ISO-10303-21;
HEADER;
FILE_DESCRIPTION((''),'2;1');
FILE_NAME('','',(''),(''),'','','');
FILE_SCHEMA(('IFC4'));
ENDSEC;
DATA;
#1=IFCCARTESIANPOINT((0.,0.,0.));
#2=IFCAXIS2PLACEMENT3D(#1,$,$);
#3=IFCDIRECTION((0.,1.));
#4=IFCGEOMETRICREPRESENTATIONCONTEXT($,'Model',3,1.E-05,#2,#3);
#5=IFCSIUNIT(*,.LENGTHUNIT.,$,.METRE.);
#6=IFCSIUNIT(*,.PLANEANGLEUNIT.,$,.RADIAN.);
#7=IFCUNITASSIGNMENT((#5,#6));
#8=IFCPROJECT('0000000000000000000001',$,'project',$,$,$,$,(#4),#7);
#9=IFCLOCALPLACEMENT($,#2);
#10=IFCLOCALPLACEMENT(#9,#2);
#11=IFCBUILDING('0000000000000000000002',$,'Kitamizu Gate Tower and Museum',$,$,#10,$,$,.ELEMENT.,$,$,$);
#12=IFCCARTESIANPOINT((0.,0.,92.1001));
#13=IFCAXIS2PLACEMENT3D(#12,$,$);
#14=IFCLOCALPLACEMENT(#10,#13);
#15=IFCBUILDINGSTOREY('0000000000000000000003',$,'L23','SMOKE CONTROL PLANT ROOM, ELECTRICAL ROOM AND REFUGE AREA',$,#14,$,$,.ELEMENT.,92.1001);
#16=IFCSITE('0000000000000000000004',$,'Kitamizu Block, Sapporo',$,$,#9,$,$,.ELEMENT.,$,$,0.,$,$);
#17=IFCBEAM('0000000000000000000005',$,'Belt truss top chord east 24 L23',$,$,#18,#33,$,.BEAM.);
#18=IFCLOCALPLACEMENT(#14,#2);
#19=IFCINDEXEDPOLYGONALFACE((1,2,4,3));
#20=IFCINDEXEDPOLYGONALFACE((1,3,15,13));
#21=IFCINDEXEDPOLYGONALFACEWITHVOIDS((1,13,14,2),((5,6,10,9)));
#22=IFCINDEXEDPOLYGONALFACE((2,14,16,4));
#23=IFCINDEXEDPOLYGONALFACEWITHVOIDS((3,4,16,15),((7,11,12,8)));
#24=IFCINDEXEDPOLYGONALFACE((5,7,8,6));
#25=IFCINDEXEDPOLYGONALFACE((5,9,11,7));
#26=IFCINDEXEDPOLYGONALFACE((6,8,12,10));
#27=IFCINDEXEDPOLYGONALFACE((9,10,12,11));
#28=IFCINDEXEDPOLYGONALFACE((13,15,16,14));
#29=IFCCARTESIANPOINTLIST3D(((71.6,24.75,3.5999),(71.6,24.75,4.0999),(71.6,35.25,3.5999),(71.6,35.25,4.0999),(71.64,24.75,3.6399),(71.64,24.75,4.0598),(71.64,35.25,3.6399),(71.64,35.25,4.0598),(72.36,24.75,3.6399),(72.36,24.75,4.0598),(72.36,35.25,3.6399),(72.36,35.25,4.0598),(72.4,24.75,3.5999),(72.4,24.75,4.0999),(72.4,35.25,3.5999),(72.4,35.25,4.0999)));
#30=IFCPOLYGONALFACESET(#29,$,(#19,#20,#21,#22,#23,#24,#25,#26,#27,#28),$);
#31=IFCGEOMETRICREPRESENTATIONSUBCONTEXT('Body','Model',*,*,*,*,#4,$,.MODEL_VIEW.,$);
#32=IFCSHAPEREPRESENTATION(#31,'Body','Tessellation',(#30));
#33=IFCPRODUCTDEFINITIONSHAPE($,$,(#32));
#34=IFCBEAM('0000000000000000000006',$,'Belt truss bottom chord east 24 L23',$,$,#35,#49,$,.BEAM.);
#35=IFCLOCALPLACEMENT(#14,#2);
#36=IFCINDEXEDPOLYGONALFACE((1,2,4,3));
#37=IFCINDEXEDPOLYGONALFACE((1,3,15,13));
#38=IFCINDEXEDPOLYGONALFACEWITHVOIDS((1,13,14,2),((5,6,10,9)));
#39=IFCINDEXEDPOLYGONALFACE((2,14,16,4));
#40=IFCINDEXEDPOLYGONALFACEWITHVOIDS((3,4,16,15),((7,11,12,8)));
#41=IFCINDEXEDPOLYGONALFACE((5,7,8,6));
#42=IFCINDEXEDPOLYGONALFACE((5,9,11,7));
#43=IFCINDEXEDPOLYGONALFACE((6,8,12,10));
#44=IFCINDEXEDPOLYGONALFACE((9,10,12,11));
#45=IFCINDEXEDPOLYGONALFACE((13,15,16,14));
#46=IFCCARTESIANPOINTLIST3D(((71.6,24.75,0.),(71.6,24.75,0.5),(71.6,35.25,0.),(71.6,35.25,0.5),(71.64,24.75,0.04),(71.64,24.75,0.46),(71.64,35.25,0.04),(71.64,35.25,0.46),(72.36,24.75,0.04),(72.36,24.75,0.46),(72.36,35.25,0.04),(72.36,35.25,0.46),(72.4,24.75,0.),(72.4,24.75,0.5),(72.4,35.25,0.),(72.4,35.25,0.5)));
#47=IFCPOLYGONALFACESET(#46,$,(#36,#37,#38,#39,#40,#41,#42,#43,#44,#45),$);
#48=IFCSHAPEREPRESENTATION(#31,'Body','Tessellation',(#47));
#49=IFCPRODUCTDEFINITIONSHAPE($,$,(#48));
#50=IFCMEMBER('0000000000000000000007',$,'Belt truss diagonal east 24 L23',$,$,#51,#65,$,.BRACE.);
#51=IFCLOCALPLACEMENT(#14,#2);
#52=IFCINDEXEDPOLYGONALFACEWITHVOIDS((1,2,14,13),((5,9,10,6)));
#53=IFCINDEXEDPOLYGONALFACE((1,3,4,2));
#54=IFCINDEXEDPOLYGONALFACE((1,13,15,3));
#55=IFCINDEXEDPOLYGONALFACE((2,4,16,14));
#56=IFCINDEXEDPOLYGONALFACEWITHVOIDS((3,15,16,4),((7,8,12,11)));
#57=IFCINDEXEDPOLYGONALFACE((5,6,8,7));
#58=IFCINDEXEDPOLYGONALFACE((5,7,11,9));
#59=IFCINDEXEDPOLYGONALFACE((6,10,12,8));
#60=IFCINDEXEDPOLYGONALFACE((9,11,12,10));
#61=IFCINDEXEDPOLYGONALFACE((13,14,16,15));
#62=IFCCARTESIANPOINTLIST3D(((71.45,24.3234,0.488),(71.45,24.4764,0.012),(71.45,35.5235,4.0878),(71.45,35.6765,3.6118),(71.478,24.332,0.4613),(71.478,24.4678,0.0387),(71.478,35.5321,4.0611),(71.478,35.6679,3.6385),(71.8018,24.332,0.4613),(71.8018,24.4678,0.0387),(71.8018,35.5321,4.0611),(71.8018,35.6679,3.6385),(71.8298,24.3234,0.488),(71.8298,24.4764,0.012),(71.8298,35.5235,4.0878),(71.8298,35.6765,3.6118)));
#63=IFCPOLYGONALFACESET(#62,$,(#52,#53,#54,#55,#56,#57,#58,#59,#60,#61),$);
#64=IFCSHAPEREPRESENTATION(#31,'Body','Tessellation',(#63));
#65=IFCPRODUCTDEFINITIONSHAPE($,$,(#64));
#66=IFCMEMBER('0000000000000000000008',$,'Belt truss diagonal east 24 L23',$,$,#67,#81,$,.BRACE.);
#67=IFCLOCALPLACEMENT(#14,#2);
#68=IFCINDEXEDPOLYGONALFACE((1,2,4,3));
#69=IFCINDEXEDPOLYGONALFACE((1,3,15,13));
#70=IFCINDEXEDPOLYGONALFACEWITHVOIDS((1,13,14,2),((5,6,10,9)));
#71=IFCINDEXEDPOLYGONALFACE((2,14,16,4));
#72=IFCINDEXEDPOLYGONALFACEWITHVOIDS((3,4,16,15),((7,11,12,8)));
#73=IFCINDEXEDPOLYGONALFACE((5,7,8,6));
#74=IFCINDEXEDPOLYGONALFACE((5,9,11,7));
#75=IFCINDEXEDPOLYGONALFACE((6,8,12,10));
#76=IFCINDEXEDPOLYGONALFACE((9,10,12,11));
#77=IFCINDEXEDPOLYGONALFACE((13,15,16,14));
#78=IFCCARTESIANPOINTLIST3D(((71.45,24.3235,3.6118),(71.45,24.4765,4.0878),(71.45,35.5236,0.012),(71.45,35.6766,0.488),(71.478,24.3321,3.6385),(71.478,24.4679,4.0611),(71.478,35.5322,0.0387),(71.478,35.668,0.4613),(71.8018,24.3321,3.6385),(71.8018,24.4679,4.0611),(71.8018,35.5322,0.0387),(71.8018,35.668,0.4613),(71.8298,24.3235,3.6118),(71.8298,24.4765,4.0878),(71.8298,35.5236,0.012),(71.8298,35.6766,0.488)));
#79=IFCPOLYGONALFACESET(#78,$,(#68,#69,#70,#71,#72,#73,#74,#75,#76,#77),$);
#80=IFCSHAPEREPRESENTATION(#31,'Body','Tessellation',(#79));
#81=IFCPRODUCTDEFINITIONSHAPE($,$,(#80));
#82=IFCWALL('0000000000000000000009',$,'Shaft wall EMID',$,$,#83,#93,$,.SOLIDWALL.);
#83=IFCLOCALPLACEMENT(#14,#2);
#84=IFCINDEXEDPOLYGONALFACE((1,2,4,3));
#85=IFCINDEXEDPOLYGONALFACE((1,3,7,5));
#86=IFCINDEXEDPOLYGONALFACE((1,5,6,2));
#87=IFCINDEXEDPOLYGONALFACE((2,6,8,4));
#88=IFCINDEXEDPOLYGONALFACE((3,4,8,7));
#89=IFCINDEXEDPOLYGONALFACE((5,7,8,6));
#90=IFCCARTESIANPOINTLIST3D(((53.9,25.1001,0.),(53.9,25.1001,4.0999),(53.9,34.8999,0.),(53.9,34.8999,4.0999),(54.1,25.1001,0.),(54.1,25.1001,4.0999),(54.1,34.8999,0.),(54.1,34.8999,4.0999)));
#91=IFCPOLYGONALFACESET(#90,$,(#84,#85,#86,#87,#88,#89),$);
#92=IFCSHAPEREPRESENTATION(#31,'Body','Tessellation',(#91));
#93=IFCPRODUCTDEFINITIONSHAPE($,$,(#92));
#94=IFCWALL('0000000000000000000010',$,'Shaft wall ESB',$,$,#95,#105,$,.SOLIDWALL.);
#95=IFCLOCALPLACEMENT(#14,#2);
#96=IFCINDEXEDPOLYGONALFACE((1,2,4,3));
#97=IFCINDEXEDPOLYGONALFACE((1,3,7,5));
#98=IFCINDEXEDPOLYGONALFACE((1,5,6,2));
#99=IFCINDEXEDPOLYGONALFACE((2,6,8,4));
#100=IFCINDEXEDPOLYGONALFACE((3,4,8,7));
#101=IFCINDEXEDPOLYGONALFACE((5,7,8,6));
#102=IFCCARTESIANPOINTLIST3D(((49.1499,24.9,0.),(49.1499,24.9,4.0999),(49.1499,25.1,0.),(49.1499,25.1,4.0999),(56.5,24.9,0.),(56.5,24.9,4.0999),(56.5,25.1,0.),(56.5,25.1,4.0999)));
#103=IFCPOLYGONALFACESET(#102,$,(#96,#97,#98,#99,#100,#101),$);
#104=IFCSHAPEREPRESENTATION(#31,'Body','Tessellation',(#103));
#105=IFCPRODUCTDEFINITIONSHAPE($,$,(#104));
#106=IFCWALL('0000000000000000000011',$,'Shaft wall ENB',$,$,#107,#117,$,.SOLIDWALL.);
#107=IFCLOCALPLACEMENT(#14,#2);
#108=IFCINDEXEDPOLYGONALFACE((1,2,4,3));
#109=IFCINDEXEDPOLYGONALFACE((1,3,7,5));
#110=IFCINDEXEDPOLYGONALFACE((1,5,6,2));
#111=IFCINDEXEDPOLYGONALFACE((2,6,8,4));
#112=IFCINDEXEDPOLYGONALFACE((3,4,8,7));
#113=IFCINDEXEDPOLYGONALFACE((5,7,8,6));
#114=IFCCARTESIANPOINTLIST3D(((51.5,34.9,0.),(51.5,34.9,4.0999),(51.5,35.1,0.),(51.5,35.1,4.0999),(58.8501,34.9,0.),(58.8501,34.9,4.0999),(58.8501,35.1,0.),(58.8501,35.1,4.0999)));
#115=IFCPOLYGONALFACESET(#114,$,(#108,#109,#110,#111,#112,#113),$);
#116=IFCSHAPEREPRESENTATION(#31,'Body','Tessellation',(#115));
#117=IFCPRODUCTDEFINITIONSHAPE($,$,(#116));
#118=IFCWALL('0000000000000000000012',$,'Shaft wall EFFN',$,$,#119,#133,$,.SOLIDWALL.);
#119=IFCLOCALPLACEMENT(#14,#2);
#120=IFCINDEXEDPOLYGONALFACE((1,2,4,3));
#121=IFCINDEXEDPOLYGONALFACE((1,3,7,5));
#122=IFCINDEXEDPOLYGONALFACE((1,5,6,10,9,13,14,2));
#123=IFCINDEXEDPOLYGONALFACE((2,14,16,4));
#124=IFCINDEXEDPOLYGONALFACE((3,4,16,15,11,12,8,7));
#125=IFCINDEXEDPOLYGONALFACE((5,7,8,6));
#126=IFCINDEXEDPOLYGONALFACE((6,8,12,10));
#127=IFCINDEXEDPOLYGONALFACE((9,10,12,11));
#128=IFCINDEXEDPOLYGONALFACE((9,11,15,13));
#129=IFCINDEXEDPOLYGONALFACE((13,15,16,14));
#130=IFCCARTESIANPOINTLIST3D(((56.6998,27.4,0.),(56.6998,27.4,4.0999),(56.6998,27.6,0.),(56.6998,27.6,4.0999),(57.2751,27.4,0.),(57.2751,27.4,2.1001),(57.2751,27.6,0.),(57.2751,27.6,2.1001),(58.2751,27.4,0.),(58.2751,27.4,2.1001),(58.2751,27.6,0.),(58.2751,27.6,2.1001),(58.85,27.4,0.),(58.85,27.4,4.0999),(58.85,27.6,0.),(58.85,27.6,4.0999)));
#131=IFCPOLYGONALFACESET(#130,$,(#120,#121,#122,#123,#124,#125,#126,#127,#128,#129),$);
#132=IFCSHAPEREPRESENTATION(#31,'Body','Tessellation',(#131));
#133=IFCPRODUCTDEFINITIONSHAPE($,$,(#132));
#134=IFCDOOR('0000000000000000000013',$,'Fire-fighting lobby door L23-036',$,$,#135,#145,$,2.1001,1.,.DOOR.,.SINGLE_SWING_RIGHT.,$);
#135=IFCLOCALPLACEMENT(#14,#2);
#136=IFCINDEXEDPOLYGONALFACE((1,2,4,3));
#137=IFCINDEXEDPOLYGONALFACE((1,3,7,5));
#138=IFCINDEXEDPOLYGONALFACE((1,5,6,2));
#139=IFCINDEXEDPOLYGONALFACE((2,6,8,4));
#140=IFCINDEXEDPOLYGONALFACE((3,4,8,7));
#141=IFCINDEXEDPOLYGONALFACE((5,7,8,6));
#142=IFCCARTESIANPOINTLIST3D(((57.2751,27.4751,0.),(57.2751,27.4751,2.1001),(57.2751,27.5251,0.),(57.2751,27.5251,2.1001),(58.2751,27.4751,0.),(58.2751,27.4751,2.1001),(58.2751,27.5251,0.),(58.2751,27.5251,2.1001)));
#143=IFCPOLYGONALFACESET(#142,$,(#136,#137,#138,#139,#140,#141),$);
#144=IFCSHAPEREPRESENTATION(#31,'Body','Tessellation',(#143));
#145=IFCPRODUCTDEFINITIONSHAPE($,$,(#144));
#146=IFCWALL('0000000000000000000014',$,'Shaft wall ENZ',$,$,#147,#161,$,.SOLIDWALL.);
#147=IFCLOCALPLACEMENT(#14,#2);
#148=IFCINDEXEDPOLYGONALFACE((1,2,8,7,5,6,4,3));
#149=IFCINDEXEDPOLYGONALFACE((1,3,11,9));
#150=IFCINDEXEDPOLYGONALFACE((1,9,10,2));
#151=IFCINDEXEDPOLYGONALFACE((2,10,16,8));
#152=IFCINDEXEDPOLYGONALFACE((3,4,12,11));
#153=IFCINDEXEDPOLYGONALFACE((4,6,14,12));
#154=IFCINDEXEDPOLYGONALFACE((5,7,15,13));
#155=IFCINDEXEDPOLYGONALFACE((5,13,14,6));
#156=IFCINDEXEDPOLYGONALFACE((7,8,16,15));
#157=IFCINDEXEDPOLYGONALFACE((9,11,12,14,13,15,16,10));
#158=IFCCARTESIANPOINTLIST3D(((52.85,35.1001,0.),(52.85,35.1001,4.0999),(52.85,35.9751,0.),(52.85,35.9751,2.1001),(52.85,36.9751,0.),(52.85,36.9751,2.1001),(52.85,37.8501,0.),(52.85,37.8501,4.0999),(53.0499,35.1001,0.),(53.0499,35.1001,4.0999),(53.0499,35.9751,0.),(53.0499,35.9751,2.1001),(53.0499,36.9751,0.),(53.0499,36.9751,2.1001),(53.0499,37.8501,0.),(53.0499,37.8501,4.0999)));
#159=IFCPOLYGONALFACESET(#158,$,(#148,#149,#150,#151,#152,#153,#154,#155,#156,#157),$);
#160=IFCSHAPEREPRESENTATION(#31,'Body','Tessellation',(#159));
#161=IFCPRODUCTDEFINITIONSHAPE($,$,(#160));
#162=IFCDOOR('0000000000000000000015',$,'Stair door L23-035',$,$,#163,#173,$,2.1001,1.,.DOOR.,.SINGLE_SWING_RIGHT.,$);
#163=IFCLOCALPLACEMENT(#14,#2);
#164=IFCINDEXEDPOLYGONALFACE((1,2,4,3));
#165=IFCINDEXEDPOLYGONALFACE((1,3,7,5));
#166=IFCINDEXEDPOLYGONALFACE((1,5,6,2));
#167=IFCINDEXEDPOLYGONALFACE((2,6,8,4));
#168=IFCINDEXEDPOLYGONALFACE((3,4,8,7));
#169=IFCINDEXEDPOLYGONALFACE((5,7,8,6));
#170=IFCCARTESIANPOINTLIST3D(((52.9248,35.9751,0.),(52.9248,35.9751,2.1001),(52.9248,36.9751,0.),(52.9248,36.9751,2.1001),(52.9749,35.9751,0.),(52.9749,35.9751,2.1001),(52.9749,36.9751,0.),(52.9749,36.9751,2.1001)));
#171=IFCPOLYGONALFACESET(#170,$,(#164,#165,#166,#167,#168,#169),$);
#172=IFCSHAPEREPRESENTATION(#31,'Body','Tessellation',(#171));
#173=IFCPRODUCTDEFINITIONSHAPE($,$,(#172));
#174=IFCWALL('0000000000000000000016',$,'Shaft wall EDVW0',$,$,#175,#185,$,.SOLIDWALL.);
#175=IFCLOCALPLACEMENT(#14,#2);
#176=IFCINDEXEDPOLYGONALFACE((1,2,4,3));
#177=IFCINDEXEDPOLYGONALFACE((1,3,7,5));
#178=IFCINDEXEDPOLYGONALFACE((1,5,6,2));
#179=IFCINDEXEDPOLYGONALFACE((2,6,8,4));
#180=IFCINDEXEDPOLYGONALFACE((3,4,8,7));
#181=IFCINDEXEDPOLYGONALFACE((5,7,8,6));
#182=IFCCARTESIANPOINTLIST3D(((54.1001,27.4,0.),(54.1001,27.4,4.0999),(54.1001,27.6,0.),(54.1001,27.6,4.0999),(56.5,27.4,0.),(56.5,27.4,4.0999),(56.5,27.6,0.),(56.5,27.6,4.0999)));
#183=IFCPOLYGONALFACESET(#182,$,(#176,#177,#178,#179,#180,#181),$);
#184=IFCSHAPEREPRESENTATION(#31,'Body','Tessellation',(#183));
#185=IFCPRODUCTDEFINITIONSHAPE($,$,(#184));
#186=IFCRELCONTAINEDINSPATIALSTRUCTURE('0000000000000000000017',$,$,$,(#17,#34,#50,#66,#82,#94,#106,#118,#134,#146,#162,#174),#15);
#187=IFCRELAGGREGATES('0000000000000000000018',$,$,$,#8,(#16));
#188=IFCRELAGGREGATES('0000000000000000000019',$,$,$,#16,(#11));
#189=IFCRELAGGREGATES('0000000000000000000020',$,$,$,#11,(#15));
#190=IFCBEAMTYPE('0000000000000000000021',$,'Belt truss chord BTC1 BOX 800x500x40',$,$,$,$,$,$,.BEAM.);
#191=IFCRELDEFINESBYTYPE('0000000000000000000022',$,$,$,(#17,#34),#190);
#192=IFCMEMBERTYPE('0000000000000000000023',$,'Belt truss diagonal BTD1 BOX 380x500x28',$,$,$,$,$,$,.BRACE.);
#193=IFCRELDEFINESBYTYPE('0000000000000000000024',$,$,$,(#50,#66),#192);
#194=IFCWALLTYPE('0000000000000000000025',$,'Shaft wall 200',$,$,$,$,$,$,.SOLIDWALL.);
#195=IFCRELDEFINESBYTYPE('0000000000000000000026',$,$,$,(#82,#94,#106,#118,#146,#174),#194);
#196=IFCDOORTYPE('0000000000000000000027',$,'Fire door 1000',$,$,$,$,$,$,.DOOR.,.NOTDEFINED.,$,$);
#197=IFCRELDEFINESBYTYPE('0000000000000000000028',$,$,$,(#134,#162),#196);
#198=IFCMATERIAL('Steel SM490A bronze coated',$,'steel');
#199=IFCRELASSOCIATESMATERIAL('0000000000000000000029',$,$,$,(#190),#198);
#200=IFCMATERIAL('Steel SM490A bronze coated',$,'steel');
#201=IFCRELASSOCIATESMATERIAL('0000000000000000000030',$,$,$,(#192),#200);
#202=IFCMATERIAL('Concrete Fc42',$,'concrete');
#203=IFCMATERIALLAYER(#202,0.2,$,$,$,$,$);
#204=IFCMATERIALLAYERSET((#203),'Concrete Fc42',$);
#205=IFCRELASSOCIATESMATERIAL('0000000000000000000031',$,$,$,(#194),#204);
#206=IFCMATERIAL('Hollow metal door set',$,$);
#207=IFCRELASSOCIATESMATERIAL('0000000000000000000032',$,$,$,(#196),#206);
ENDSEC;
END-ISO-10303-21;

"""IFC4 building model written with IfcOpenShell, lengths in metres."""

from ifc_helpers import new_model, si_unit, direction, frame, frame_2d, origin, origin_2d, place, context, subcontext, project, spatial, rectangle, hollow_rectangle, extrude, material, layer, layer_set, material_profile, profile_set, type_object, element, fill, save


model = new_model("IFC4")

# Units and contexts
model_context = context("Model", 3, precision=1e-05, world=origin(), true_north=direction((0.0, 1.0)))
body_context = subcontext(model_context, "Body", "Model", "MODEL_VIEW")
ifc_project = project(units=[si_unit("LENGTHUNIT", "METRE"), si_unit("PLANEANGLEUNIT", "RADIAN")], contexts=[model_context])

# Site, building, storey
site_placement = place(None, origin())
site = spatial("IfcSite", under=ifc_project, at=site_placement, Name="Kitamizu Block, Sapporo", CompositionType="ELEMENT", RefElevation=0.0)
building_placement = place(site_placement, origin())
building = spatial("IfcBuilding", under=site, at=building_placement, Name="Kitamizu Gate Tower and Museum", CompositionType="ELEMENT")
storey_placement = place(building_placement, frame((0.0, 0.0, 92.1001)))
storey = spatial("IfcBuildingStorey", under=building, at=storey_placement, Name="L23", Description="SMOKE CONTROL PLANT ROOM, ELECTRICAL ROOM AND REFUGE AREA", CompositionType="ELEMENT", Elevation=92.1001)

# Beams
ifc_material_1 = material(Name="Steel SM490A bronze coated", Category="steel")
ifc_material_profile_1 = material_profile(ifc_material_1, hollow_rectangle(XDim=0.8, YDim=0.5, WallThickness=0.04, at=origin_2d()), Name="BOX 800x500x40")
ifc_profile_set_1 = profile_set([ifc_material_profile_1], Name="Steel SM490A bronze coated")
beam_type = type_object("IfcBeamType", Name="Belt truss chord BTC1 BOX 800x500x40", PredefinedType="BEAM", material=ifc_profile_set_1)
for number, where, z_axis, x_axis, name in (
    (1, (72.0, 24.75, 3.8499), (0.0, 1.0, 0.0), (-1.0, 0.0, 0.0), "Belt truss top chord east 24 L23"),
    (2, (72.0, 24.75, 0.25), (0.0, 1.0, 0.0), (-1.0, 0.0, 0.0), "Belt truss bottom chord east 24 L23"),
):
    element("IfcBeam", number, at=place(storey_placement, frame(where, z_axis=z_axis, x_axis=x_axis)), inside=storey, type_object=beam_type, Name=name, PredefinedType="BEAM", context=body_context, shape_type="SweptSolid", body=[
        extrude(hollow_rectangle(XDim=0.8, YDim=0.5, WallThickness=0.04, at=origin_2d()), origin(), (0.0, 0.0, 1.0), 10.5),
    ])

# Members
ifc_material_2 = material(Name="Steel SM490A bronze coated", Category="steel")
ifc_material_profile_2 = material_profile(ifc_material_2, hollow_rectangle(XDim=0.3799, YDim=0.5, WallThickness=0.0281, at=origin_2d()), Name="BOX 380x500x28")
ifc_profile_set_2 = profile_set([ifc_material_profile_2], Name="Steel SM490A bronze coated")
member_type = type_object("IfcMemberType", Name="Belt truss diagonal BTD1 BOX 380x500x28", PredefinedType="BRACE", material=ifc_profile_set_2)
for number, where, z_axis, x_axis, name in (
    (3, (71.6399, 24.3999, 0.25), (0.0, 0.952034, 0.305993), (-1.0, 0.0, 0.0), "Belt truss diagonal east 24 L23"),
    (4, (71.6399, 35.6001, 0.25), (0.0, -0.952034, 0.305993), (1.0, 0.0, 0.0), "Belt truss diagonal east 24 L23"),
):
    element("IfcMember", number, at=place(storey_placement, frame(where, z_axis=z_axis, x_axis=x_axis)), inside=storey, type_object=member_type, Name=name, PredefinedType="BRACE", context=body_context, shape_type="SweptSolid", body=[
        extrude(hollow_rectangle(XDim=0.3799, YDim=0.5, WallThickness=0.0281, at=origin_2d()), origin(), (0.0, 0.0, 1.0), 11.7644),
    ])

# Walls
ifc_material_3 = material(Name="Concrete Fc42", Category="concrete")
ifc_layer = layer(ifc_material_3, 0.2)
ifc_layer_set = layer_set([ifc_layer], Name="Concrete Fc42")
wall_type = type_object("IfcWallType", Name="Shaft wall 200", PredefinedType="SOLIDWALL", material=ifc_layer_set)
wall_1_placement = place(storey_placement, frame((54.0, 25.1001, 0.0), z_axis=(0.0, 0.0, 1.0), x_axis=(0.0, 1.0, 0.0)))
element("IfcWall", 5, at=wall_1_placement, inside=storey, type_object=wall_type, Name="Shaft wall EMID", PredefinedType="SOLIDWALL", context=body_context, shape_type="SweptSolid", body=[
    extrude(rectangle(XDim=9.7998, YDim=0.2, at=frame_2d((4.8999, 0.0))), origin(), (0.0, 0.0, 1.0), 4.0999),
])
for number, where, z_axis, x_axis, name in (
    (6, (56.5, 25.0, 0.0), (0.0, 0.0, 1.0), (-1.0, 0.0, 0.0), "Shaft wall ESB"),
    (7, (58.8501, 35.0, 0.0), (0.0, 0.0, 1.0), (-1.0, 0.0, 0.0), "Shaft wall ENB"),
):
    element("IfcWall", number, at=place(storey_placement, frame(where, z_axis=z_axis, x_axis=x_axis)), inside=storey, type_object=wall_type, Name=name, PredefinedType="SOLIDWALL", context=body_context, shape_type="SweptSolid", body=[
        extrude(rectangle(XDim=7.3501, YDim=0.2, at=frame_2d((3.675, 0.0))), origin(), (0.0, 0.0, 1.0), 4.0999),
    ])

# Walls, openings, doors
wall_2_placement = place(storey_placement, frame((58.8501, 27.5, 0.0), z_axis=(0.0, 0.0, 1.0), x_axis=(-1.0, 0.0, 0.0)))
wall_2 = element("IfcWall", 8, at=wall_2_placement, inside=storey, type_object=wall_type, Name="Shaft wall EFFN", PredefinedType="SOLIDWALL", context=body_context, shape_type="SweptSolid", body=[
    extrude(rectangle(XDim=2.1501, YDim=0.2, at=frame_2d((1.0752, 0.0))), origin(), (0.0, 0.0, 1.0), 4.0999),
])
opening_1_placement = place(wall_2_placement, frame((0.575, 0.0, 0.0)))
opening_1 = element("IfcOpeningElement", 9, at=opening_1_placement, cuts=wall_2, PredefinedType="OPENING", context=body_context, shape_type="SweptSolid", body=[
    extrude(rectangle(XDim=1.0, YDim=2.1001, at=frame_2d((0.5, 1.05))), frame((0.0, 0.1099, 0.0), z_axis=(0.0, -1.0, 0.0), x_axis=(1.0, 0.0, 0.0)), (0.0, 0.0, 1.0), 0.22),
])
ifc_material_4 = material(Name="Hollow metal door set")
door_type = type_object("IfcDoorType", Name="Fire door 1000", OperationType="NOTDEFINED", PredefinedType="DOOR", material=ifc_material_4)
door_1_placement = place(opening_1_placement, origin())
door_1 = element("IfcDoor", 10, at=door_1_placement, inside=storey, type_object=door_type, Name="Fire-fighting lobby door L23-036", OperationType="SINGLE_SWING_RIGHT", OverallHeight=2.1001, OverallWidth=1.0, PredefinedType="DOOR", context=body_context, shape_type="SweptSolid", body=[
    extrude(rectangle(XDim=1.0, YDim=2.1001, at=frame_2d((0.5, 1.05))), frame((0.0, 0.0249, 0.0), z_axis=(0.0, -1.0, 0.0), x_axis=(1.0, 0.0, 0.0)), (0.0, 0.0, 1.0), 0.05),
])
fill(opening_1, door_1)
wall_3_placement = place(storey_placement, frame((52.95, 35.1001, 0.0), z_axis=(0.0, 0.0, 1.0), x_axis=(0.0, 1.0, 0.0)))
wall_3 = element("IfcWall", 11, at=wall_3_placement, inside=storey, type_object=wall_type, Name="Shaft wall ENZ", PredefinedType="SOLIDWALL", context=body_context, shape_type="SweptSolid", body=[
    extrude(rectangle(XDim=2.75, YDim=0.2, at=frame_2d((1.375, 0.0))), origin(), (0.0, 0.0, 1.0), 4.0999),
])
opening_2_placement = place(wall_3_placement, frame((0.875, 0.0, 0.0)))
opening_2 = element("IfcOpeningElement", 12, at=opening_2_placement, cuts=wall_3, PredefinedType="OPENING", context=body_context, shape_type="SweptSolid", body=[
    extrude(rectangle(XDim=1.0, YDim=2.1001, at=frame_2d((0.5, 1.05))), frame((0.0, 0.1099, 0.0), z_axis=(0.0, -1.0, 0.0), x_axis=(1.0, 0.0, 0.0)), (0.0, 0.0, 1.0), 0.22),
])
door_2_placement = place(opening_2_placement, frame((1.0, 0.0, 0.0), x_axis=(-1.0, 0.0, 0.0)))
door_2 = element("IfcDoor", 13, at=door_2_placement, inside=storey, type_object=door_type, Name="Stair door L23-035", OperationType="SINGLE_SWING_RIGHT", OverallHeight=2.1001, OverallWidth=1.0, PredefinedType="DOOR", context=body_context, shape_type="SweptSolid", body=[
    extrude(rectangle(XDim=1.0, YDim=2.1001, at=frame_2d((0.5, 1.05))), frame((0.0, 0.0249, 0.0), z_axis=(0.0, -1.0, 0.0), x_axis=(1.0, 0.0, 0.0)), (0.0, 0.0, 1.0), 0.05),
])
fill(opening_2, door_2)

# Wall
for number, where, z_axis, x_axis, name in (
    (14, (56.5, 27.5, 0.0), (0.0, 0.0, 1.0), (-1.0, 0.0, 0.0), "Shaft wall EDVW0"),
):
    element("IfcWall", number, at=place(storey_placement, frame(where, z_axis=z_axis, x_axis=x_axis)), inside=storey, type_object=wall_type, Name=name, PredefinedType="SOLIDWALL", context=body_context, shape_type="SweptSolid", body=[
        extrude(rectangle(XDim=2.3999, YDim=0.2, at=frame_2d((1.2, 0.0))), origin(), (0.0, 0.0, 1.0), 4.0999),
    ])

save(model, "model.ifc")
